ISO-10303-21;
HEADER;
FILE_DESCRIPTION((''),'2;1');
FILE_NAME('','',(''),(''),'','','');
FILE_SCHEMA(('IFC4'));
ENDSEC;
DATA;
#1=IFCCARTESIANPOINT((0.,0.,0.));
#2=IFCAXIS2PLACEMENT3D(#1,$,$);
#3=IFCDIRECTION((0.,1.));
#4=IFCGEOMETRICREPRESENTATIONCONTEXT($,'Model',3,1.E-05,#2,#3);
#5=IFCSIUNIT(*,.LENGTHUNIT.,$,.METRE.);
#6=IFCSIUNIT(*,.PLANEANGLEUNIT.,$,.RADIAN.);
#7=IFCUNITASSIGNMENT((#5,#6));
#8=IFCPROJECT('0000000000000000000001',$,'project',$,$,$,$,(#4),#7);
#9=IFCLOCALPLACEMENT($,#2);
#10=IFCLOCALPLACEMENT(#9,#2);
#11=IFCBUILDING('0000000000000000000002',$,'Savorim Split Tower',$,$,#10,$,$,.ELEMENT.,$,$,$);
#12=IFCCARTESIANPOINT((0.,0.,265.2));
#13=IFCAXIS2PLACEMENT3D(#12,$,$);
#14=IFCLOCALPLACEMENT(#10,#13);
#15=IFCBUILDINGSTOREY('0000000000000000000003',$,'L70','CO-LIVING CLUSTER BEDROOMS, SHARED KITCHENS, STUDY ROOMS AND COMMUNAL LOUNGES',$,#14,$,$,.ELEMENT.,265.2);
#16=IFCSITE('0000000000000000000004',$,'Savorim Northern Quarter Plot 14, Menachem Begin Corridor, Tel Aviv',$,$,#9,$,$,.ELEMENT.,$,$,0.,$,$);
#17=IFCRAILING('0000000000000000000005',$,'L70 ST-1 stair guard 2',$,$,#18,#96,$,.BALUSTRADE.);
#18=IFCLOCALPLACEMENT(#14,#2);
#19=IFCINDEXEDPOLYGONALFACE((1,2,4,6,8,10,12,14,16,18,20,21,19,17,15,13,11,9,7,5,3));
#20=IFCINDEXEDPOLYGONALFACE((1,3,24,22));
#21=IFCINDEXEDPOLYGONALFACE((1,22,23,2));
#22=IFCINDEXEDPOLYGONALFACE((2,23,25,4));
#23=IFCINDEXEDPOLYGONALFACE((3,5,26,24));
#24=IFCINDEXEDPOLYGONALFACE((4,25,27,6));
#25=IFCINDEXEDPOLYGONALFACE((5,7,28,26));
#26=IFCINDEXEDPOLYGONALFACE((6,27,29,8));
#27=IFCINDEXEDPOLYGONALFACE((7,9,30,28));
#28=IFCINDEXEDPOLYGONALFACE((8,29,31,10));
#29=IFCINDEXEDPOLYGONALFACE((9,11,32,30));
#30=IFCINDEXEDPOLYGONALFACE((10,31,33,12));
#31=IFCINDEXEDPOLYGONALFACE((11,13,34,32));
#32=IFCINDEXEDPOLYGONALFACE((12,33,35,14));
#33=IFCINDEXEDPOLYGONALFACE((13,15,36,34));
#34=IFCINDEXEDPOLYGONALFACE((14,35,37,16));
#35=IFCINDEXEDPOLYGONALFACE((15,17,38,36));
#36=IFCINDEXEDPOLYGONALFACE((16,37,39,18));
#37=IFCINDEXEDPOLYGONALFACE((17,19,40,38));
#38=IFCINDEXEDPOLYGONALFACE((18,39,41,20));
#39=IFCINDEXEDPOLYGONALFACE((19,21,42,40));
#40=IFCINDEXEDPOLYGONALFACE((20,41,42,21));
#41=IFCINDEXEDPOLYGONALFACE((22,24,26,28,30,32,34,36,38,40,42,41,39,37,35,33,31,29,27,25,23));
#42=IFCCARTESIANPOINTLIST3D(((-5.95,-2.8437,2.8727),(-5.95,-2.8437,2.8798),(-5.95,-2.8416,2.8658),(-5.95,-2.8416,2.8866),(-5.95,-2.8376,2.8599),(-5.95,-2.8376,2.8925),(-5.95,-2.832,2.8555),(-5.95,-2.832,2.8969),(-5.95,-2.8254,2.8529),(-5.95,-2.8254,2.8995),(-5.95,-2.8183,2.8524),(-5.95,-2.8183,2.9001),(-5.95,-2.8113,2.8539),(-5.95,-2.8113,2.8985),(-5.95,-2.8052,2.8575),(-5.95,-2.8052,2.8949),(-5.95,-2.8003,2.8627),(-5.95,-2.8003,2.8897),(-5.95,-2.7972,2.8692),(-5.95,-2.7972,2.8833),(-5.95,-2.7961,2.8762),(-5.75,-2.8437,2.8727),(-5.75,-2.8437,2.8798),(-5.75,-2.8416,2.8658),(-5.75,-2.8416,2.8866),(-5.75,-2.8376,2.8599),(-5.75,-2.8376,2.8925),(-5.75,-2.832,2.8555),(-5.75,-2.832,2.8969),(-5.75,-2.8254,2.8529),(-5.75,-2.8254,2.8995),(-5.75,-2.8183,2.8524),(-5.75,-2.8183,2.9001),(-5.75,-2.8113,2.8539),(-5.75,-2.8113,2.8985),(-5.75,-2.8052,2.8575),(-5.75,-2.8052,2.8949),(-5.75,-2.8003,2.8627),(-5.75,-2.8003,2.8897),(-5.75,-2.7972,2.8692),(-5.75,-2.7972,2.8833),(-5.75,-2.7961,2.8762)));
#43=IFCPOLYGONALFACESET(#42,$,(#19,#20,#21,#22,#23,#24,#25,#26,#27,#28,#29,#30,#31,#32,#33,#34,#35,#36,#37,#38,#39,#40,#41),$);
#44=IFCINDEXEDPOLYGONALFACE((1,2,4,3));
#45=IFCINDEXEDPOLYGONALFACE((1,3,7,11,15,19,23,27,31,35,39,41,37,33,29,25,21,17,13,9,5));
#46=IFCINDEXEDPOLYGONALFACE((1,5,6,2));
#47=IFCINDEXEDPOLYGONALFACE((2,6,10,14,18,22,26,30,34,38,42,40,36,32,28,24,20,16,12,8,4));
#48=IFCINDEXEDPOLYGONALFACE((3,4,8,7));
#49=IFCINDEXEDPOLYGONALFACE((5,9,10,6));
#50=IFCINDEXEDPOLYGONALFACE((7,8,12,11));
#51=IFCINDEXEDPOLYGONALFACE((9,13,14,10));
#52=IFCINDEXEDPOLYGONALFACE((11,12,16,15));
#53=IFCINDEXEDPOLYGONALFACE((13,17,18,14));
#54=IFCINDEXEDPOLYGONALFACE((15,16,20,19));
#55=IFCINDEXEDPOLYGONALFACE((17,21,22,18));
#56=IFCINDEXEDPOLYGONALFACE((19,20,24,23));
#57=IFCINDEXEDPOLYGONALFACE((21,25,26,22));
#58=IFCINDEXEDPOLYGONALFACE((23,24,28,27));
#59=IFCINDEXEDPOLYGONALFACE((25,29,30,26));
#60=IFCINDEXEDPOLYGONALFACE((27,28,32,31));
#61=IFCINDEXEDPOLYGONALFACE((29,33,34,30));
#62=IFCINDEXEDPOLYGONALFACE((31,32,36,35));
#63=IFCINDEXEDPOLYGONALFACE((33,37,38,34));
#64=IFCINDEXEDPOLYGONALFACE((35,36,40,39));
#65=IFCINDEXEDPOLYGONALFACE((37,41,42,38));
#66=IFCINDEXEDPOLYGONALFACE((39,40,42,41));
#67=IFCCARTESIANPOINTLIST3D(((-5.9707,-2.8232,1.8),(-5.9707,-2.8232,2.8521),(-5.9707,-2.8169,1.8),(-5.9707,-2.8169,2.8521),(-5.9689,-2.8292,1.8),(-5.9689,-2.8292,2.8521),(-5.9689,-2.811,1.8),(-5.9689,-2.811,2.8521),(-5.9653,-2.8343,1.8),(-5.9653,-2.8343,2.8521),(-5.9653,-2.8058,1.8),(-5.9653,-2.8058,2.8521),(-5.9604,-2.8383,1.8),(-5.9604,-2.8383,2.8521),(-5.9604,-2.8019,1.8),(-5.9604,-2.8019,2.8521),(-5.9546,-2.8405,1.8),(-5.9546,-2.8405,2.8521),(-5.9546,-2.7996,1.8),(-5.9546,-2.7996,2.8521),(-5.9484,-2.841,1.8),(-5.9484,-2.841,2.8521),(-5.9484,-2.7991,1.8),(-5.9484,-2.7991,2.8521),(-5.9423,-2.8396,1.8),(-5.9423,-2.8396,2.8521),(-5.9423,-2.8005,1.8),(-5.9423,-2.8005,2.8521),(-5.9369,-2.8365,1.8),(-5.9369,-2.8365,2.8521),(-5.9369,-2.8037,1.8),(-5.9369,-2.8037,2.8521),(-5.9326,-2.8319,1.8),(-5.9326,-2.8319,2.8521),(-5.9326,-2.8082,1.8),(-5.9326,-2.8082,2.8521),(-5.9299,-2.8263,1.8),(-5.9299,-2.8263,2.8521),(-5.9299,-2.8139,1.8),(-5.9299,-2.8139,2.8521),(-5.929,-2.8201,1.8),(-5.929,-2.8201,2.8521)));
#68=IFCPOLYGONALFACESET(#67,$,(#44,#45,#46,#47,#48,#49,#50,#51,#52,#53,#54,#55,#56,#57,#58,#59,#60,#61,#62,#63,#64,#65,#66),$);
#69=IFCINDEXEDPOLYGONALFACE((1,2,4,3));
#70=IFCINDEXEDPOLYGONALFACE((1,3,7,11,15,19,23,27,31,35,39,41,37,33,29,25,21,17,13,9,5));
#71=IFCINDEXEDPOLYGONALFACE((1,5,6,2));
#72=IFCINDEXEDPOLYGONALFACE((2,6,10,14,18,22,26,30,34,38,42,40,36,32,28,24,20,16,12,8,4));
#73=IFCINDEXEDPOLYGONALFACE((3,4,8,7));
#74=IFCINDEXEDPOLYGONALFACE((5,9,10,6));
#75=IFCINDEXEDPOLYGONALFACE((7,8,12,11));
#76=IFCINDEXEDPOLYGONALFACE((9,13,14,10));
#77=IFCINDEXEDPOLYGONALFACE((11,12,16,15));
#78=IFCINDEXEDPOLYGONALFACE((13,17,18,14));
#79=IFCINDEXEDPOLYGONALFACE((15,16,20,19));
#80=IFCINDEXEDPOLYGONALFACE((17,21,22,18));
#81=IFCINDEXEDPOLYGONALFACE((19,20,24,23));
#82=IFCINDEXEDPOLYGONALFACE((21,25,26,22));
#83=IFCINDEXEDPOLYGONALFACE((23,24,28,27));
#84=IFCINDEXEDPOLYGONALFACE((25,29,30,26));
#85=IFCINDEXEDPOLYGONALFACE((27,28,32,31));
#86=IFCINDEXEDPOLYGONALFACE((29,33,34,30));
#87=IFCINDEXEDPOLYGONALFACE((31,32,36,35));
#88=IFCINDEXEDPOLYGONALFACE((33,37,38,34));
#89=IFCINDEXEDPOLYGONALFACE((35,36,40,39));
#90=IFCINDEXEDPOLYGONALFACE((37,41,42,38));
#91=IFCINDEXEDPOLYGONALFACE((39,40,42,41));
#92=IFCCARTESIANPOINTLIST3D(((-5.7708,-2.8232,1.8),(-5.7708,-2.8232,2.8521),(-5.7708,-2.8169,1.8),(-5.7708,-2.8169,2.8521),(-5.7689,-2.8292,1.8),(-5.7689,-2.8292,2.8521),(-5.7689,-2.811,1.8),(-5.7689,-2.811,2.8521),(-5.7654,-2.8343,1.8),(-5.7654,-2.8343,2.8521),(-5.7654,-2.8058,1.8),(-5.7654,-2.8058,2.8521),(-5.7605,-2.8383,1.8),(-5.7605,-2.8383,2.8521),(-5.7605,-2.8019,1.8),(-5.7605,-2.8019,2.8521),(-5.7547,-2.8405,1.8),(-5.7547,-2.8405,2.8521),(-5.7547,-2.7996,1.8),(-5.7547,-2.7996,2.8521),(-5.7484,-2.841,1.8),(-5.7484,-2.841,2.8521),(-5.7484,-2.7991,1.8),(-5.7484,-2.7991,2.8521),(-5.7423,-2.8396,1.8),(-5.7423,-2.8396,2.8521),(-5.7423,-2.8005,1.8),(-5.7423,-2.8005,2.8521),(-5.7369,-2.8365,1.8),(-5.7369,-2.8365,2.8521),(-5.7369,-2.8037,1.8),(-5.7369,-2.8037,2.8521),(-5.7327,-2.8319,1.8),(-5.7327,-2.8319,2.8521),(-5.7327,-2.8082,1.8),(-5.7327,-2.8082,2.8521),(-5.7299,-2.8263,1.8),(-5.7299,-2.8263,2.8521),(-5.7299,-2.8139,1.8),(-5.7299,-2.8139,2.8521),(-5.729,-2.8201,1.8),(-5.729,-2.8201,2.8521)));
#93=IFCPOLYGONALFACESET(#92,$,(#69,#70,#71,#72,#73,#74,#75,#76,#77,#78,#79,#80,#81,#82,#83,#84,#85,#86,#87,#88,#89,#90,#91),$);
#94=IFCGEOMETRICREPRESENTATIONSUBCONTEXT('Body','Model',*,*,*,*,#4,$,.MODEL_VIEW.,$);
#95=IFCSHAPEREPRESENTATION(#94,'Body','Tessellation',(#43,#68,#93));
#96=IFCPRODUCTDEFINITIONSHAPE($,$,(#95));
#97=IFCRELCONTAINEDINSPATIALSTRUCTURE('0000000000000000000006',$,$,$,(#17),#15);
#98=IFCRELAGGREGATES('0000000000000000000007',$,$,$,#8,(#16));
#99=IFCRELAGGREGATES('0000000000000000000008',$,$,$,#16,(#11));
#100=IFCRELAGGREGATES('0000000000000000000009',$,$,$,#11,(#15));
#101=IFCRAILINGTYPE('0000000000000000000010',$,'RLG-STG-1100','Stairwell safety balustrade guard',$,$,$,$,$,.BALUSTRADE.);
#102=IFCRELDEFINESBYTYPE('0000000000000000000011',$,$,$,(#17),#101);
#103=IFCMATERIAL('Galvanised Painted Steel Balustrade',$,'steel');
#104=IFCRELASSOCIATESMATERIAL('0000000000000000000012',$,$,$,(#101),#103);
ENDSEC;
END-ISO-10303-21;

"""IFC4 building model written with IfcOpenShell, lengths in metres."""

from ifc_helpers import new_model, si_unit, direction, frame, origin, origin_2d, place, context, subcontext, project, spatial, circle, extrude, material, type_object, element, save


model = new_model("IFC4")

# Units and contexts
model_context = context("Model", 3, precision=1e-05, world=origin(), true_north=direction((0.0, 1.0)))
body_context = subcontext(model_context, "Body", "Model", "MODEL_VIEW")
ifc_project = project(units=[si_unit("LENGTHUNIT", "METRE"), si_unit("PLANEANGLEUNIT", "RADIAN")], contexts=[model_context])

# Site, building, storey
site_placement = place(None, origin())
site = spatial("IfcSite", under=ifc_project, at=site_placement, Name="Savorim Northern Quarter Plot 14, Menachem Begin Corridor, Tel Aviv", CompositionType="ELEMENT", RefElevation=0.0)
building_placement = place(site_placement, origin())
building = spatial("IfcBuilding", under=site, at=building_placement, Name="Savorim Split Tower", CompositionType="ELEMENT")
storey_placement = place(building_placement, frame((0.0, 0.0, 265.2)))
storey = spatial("IfcBuildingStorey", under=building, at=storey_placement, Name="L70", Description="CO-LIVING CLUSTER BEDROOMS, SHARED KITCHENS, STUDY ROOMS AND COMMUNAL LOUNGES", CompositionType="ELEMENT", Elevation=265.2)

# Railing
ifc_material_1 = material(Name="Galvanised Painted Steel Balustrade", Category="steel")
railing_type_1 = type_object("IfcRailingType", Name="RLG-STG-1100", Description="Stairwell safety balustrade guard", PredefinedType="BALUSTRADE", material=ifc_material_1)
railing_1_placement = place(storey_placement, frame((-5.95, -2.8201, 1.8)))
element("IfcRailing", 1, at=railing_1_placement, inside=storey, type_object=railing_type_1, Name="L70 ST-1 stair guard 2", PredefinedType="BALUSTRADE", context=body_context, shape_type="SweptSolid", body=[
    extrude(circle(Radius=0.0239, at=origin_2d()), frame((0.0, 0.0, 1.0762), z_axis=(1.0, 0.0, 0.0), x_axis=(0.0, 1.0, 0.0)), (0.0, 0.0, 1.0), 0.2),
    extrude(circle(Radius=0.021, at=origin_2d()), origin(), (0.0, 0.0, 1.0), 1.052),
    extrude(circle(Radius=0.021, at=origin_2d()), frame((0.2, 0.0, 0.0)), (0.0, 0.0, 1.0), 1.052),
])

save(model, "model.ifc")
